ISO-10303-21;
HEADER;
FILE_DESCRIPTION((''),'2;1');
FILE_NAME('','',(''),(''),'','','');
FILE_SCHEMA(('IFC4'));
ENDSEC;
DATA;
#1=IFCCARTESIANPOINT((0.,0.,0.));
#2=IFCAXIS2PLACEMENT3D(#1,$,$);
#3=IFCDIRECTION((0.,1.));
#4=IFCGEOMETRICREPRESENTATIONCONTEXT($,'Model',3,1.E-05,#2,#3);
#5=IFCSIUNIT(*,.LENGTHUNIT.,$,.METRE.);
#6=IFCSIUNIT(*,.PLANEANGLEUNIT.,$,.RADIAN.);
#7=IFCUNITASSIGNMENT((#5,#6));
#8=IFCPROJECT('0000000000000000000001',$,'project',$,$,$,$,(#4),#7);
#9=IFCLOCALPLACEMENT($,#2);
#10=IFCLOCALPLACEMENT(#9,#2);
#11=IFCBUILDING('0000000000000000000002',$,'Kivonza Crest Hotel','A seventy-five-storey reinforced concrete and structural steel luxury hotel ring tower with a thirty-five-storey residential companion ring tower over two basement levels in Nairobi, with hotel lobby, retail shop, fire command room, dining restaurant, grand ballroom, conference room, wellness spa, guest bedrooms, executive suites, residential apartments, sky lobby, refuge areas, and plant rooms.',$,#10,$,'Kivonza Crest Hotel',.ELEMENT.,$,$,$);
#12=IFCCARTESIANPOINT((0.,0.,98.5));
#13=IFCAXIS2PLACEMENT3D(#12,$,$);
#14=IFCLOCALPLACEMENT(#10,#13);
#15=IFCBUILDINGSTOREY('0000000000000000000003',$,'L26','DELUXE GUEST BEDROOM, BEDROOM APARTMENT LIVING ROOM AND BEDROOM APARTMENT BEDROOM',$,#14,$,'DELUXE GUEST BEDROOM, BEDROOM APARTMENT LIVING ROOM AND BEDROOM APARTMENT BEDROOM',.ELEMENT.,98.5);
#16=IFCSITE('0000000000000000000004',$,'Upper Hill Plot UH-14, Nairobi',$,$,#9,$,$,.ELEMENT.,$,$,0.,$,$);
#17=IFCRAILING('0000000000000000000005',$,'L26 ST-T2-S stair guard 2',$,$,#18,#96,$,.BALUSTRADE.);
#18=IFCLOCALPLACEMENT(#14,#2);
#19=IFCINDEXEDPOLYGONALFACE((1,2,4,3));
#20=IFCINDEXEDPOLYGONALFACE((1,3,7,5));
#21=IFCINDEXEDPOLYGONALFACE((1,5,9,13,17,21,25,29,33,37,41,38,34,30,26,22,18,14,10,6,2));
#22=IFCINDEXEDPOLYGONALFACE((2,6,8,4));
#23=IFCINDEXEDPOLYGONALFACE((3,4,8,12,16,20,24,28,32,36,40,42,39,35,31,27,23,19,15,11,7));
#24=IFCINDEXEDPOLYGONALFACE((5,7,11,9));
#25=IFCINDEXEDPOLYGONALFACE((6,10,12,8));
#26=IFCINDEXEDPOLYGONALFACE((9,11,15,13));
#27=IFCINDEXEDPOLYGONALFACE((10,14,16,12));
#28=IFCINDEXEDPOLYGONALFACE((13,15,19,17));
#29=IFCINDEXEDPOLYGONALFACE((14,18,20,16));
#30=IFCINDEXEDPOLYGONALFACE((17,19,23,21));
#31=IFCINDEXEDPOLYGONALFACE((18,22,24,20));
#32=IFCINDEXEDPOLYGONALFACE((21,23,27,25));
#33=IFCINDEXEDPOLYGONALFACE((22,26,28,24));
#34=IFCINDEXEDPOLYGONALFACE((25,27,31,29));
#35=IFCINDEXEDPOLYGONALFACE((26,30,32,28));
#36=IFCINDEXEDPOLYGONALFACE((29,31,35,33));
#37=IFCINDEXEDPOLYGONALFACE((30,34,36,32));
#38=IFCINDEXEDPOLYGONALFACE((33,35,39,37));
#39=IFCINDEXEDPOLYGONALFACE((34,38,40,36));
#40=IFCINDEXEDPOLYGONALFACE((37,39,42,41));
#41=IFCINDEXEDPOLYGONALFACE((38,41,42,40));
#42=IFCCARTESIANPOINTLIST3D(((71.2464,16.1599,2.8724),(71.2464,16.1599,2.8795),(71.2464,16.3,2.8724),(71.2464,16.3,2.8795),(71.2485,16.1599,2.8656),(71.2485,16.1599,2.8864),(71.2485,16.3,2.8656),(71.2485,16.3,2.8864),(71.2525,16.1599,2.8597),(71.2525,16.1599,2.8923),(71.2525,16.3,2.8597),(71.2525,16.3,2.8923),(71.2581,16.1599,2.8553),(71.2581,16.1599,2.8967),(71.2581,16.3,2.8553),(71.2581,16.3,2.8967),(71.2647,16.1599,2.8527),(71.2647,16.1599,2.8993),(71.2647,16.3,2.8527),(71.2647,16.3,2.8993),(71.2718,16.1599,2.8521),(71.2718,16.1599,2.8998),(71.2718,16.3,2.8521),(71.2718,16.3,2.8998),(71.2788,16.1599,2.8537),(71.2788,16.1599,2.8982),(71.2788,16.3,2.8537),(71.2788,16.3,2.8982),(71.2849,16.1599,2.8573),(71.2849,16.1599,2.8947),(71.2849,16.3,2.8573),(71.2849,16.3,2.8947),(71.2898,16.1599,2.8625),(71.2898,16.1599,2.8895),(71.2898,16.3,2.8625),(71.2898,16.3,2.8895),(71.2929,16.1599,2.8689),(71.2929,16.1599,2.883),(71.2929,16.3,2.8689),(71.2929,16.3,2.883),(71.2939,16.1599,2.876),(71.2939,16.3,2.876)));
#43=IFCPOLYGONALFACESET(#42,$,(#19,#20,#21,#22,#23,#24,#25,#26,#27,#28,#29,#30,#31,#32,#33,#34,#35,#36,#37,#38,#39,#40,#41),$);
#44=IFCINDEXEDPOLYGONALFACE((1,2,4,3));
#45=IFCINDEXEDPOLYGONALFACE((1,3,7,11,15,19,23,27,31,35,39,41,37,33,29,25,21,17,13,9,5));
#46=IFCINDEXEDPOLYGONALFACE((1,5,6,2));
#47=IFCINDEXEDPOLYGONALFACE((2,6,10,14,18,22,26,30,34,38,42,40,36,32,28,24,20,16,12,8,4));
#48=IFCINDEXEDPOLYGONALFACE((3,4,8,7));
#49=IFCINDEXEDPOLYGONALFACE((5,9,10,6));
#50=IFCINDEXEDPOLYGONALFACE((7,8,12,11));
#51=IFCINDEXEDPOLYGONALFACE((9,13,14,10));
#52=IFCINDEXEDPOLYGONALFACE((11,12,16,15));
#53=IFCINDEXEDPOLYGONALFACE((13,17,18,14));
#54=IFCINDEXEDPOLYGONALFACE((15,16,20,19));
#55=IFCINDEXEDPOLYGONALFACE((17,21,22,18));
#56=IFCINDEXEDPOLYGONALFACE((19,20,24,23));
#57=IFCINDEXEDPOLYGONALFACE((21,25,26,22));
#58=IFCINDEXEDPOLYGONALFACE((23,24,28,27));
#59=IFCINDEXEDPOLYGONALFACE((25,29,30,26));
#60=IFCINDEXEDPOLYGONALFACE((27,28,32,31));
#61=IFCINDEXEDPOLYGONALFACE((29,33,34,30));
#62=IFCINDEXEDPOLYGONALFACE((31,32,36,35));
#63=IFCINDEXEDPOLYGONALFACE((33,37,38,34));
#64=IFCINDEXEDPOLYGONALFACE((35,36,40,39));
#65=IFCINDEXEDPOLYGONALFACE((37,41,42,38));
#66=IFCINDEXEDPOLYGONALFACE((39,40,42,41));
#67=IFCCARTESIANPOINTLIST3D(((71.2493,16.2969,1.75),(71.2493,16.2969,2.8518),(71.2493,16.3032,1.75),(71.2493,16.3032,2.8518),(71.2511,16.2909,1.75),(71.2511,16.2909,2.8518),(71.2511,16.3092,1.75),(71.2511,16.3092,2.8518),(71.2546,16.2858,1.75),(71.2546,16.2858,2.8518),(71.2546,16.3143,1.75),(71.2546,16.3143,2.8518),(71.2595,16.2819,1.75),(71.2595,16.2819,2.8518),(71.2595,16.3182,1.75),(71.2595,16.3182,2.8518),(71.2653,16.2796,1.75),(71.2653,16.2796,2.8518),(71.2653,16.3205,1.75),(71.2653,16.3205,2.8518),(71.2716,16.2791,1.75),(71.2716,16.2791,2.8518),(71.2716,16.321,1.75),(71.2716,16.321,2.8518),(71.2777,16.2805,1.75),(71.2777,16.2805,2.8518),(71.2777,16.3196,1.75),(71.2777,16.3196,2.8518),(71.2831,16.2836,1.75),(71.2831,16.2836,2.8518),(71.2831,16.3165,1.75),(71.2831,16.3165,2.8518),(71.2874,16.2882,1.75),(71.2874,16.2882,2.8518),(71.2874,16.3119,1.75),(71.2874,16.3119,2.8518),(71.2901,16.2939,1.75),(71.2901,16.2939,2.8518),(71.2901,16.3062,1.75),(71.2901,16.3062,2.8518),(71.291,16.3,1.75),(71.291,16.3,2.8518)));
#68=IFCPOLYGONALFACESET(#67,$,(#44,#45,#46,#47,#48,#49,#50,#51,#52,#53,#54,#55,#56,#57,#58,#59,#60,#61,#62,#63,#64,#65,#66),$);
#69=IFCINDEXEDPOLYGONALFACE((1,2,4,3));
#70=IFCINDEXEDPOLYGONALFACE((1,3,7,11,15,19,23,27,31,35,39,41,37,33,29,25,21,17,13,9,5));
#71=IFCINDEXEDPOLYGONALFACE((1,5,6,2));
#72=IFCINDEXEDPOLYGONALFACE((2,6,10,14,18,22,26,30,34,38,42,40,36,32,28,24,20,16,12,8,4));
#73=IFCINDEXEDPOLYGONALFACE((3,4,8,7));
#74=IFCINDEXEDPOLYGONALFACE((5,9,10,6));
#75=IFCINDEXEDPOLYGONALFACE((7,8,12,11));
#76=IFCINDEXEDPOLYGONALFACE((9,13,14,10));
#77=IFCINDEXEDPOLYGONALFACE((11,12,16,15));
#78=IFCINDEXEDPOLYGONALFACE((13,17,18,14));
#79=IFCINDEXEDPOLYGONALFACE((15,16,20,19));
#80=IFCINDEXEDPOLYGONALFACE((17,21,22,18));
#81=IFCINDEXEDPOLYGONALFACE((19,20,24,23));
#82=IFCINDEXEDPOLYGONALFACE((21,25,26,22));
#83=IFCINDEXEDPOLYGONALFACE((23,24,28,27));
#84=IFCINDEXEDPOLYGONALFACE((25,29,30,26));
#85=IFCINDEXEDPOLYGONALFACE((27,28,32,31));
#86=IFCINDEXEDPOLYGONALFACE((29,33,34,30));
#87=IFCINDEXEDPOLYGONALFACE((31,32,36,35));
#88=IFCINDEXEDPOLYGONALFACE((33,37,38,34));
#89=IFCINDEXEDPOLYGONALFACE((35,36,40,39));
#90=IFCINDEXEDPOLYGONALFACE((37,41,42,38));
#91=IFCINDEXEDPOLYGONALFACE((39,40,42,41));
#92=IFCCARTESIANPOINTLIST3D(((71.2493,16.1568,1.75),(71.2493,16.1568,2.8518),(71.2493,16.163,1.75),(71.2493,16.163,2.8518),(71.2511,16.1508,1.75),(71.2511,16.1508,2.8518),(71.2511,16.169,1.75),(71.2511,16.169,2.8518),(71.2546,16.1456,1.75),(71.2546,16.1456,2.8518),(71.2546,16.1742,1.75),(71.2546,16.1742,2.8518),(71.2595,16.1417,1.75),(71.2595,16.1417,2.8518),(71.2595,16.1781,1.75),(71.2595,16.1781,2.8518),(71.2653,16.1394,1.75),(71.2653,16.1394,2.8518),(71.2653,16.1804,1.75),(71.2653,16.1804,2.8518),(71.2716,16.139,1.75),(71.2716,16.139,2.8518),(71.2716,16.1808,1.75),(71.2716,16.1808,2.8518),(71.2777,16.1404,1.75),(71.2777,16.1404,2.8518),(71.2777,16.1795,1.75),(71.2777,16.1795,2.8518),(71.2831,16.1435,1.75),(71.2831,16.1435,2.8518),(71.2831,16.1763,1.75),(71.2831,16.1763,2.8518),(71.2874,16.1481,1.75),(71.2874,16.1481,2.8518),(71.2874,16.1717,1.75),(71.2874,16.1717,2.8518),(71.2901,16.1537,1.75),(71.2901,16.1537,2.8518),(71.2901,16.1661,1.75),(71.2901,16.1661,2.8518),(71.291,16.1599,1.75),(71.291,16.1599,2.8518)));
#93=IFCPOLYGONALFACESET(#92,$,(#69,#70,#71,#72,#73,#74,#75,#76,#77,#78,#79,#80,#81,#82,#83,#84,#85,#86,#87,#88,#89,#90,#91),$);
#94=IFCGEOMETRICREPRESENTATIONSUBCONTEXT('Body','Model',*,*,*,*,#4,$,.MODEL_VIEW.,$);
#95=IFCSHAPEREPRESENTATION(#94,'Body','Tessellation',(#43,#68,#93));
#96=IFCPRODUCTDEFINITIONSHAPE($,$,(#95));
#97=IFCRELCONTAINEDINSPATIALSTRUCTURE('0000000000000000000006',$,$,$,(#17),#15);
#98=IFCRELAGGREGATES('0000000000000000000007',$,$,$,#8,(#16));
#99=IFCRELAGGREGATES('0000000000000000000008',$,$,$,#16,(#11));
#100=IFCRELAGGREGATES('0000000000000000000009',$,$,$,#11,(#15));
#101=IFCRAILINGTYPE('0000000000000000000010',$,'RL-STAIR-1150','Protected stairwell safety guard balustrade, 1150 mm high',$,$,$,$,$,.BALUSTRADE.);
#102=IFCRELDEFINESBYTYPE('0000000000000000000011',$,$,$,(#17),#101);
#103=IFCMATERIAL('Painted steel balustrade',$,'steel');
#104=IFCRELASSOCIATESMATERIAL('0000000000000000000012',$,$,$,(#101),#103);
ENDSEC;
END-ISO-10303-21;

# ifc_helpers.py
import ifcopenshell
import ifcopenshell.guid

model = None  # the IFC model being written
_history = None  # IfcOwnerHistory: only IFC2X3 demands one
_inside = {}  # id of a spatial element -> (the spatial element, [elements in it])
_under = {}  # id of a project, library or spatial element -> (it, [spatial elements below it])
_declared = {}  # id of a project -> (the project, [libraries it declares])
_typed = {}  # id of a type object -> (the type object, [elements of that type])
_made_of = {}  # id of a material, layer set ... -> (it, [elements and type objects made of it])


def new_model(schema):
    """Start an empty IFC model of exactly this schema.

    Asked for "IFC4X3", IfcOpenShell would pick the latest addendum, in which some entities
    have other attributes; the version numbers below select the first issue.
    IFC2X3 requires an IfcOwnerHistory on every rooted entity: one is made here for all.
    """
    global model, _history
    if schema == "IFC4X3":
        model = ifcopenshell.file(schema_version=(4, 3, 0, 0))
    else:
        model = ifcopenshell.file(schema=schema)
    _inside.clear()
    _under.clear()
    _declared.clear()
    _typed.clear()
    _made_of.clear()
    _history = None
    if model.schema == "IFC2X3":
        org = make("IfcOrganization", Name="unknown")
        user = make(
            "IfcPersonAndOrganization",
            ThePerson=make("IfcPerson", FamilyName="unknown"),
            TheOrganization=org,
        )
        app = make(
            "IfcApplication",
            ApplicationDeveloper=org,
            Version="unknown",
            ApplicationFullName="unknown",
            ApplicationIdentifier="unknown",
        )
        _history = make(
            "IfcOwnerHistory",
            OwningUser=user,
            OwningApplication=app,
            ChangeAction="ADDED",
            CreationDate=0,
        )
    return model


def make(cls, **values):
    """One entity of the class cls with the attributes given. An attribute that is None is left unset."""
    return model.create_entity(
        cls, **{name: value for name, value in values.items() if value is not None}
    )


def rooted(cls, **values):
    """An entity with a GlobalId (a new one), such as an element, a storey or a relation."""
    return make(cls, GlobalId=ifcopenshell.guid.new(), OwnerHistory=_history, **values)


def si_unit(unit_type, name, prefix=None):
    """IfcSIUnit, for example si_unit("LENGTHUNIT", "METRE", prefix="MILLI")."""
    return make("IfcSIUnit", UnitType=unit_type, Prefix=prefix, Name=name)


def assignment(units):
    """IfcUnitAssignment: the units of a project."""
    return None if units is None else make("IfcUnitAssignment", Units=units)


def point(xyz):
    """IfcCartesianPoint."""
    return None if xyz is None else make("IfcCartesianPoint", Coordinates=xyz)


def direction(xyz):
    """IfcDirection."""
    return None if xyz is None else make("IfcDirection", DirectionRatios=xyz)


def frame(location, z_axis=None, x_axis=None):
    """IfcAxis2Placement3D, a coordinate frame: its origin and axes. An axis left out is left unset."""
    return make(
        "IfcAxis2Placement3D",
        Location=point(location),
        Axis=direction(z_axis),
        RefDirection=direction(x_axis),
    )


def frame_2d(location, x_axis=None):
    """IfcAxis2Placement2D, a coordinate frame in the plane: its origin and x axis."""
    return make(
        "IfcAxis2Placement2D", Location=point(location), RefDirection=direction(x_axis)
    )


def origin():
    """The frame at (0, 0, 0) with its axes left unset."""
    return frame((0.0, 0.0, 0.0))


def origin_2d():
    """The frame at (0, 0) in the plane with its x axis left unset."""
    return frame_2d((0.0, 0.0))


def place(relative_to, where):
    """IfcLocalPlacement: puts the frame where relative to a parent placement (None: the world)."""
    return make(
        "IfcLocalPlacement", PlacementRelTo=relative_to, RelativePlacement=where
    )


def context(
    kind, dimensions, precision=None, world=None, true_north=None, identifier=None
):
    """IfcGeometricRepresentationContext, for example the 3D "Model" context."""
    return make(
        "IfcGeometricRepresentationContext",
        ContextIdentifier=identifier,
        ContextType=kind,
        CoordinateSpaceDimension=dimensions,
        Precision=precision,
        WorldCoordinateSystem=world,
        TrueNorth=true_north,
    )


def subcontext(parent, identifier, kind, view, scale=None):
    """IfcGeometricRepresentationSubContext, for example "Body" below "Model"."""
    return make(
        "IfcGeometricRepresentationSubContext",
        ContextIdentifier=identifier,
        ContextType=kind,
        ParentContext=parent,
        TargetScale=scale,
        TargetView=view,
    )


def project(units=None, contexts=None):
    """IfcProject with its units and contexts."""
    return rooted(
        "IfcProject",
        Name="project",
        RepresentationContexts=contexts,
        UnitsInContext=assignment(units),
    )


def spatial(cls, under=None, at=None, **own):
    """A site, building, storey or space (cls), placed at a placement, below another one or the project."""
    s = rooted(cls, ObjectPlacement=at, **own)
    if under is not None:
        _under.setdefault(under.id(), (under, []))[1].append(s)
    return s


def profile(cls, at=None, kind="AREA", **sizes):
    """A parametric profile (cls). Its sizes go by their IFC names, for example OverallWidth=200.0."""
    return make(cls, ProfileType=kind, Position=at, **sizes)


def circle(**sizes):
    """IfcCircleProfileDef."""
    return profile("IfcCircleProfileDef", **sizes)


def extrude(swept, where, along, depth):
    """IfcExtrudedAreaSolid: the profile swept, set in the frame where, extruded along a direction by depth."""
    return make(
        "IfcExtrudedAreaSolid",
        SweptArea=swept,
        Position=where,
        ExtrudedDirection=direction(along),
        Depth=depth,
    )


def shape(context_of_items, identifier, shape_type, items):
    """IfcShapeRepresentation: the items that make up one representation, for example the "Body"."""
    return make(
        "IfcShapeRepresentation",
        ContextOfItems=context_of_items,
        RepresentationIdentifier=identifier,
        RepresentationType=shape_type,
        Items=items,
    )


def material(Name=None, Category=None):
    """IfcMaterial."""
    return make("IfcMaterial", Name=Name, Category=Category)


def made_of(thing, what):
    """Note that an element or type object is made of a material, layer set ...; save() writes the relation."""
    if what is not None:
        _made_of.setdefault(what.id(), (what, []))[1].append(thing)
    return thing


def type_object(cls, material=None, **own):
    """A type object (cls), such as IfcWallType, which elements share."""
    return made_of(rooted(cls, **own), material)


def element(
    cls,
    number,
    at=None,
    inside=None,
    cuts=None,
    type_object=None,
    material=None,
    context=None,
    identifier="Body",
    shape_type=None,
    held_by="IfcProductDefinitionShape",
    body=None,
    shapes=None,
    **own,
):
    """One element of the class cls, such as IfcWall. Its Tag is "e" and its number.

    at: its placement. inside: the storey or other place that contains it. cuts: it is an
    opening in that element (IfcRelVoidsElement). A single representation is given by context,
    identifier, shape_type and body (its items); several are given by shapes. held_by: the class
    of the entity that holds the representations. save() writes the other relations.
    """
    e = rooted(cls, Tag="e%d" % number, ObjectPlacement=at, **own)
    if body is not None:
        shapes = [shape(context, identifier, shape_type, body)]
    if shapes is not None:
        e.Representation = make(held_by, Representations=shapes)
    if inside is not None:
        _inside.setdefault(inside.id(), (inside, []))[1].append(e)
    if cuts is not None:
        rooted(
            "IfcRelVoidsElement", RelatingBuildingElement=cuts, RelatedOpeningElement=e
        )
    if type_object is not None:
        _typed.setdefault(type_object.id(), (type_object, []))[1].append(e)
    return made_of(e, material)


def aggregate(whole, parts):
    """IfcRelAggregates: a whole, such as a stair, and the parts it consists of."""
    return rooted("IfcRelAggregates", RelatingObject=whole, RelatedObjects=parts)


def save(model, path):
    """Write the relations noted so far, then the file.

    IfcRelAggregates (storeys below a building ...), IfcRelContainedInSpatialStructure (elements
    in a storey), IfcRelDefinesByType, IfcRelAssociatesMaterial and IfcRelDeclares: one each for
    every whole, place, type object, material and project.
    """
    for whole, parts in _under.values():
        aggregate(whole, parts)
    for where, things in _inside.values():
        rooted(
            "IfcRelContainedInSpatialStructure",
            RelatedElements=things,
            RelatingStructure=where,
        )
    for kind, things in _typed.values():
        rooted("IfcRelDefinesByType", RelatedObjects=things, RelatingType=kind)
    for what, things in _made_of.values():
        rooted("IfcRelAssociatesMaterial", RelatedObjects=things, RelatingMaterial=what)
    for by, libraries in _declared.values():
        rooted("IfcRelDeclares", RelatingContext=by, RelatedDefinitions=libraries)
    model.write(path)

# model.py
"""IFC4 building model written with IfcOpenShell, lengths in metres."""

from ifc_helpers import new_model, si_unit, direction, frame, origin, origin_2d, place, context, subcontext, project, spatial, circle, extrude, material, type_object, element, save


model = new_model("IFC4")

# Units and contexts
model_context = context("Model", 3, precision=1e-05, world=origin(), true_north=direction((0.0, 1.0)))
body_context = subcontext(model_context, "Body", "Model", "MODEL_VIEW")
ifc_project = project(units=[si_unit("LENGTHUNIT", "METRE"), si_unit("PLANEANGLEUNIT", "RADIAN")], contexts=[model_context])

# Site, building, storey
site_placement = place(None, origin())
site = spatial("IfcSite", under=ifc_project, at=site_placement, Name="Upper Hill Plot UH-14, Nairobi", CompositionType="ELEMENT", RefElevation=0.0)
building_placement = place(site_placement, origin())
building = spatial("IfcBuilding", under=site, at=building_placement, Name="Kivonza Crest Hotel", Description="A seventy-five-storey reinforced concrete and structural steel luxury hotel ring tower with a thirty-five-storey residential companion ring tower over two basement levels in Nairobi, with hotel lobby, retail shop, fire command room, dining restaurant, grand ballroom, conference room, wellness spa, guest bedrooms, executive suites, residential apartments, sky lobby, refuge areas, and plant rooms.", LongName="Kivonza Crest Hotel", CompositionType="ELEMENT")
storey_placement = place(building_placement, frame((0.0, 0.0, 98.5)))
storey = spatial("IfcBuildingStorey", under=building, at=storey_placement, Name="L26", Description="DELUXE GUEST BEDROOM, BEDROOM APARTMENT LIVING ROOM AND BEDROOM APARTMENT BEDROOM", LongName="DELUXE GUEST BEDROOM, BEDROOM APARTMENT LIVING ROOM AND BEDROOM APARTMENT BEDROOM", CompositionType="ELEMENT", Elevation=98.5)

# Railing
ifc_material_1 = material(Name="Painted steel balustrade", Category="steel")
railing_type_1 = type_object("IfcRailingType", Name="RL-STAIR-1150", Description="Protected stairwell safety guard balustrade, 1150 mm high", PredefinedType="BALUSTRADE", material=ifc_material_1)
railing_1_placement = place(storey_placement, frame((71.27, 16.3, 1.75)))
element("IfcRailing", 1, at=railing_1_placement, inside=storey, type_object=railing_type_1, Name="L26 ST-T2-S stair guard 2", PredefinedType="BALUSTRADE", context=body_context, shape_type="SweptSolid", body=[
    extrude(circle(Radius=0.0239, at=origin_2d()), frame((0.0, 0.0, 1.126), z_axis=(0.0, -1.0, 0.0), x_axis=(1.0, 0.0, 0.0)), (0.0, 0.0, 1.0), 0.1401),
    extrude(circle(Radius=0.021, at=origin_2d()), origin(), (0.0, 0.0, 1.0), 1.1018),
    extrude(circle(Radius=0.021, at=origin_2d()), frame((0.0, -0.1401, 0.0)), (0.0, 0.0, 1.0), 1.1018),
])

save(model, "model.ifc")
